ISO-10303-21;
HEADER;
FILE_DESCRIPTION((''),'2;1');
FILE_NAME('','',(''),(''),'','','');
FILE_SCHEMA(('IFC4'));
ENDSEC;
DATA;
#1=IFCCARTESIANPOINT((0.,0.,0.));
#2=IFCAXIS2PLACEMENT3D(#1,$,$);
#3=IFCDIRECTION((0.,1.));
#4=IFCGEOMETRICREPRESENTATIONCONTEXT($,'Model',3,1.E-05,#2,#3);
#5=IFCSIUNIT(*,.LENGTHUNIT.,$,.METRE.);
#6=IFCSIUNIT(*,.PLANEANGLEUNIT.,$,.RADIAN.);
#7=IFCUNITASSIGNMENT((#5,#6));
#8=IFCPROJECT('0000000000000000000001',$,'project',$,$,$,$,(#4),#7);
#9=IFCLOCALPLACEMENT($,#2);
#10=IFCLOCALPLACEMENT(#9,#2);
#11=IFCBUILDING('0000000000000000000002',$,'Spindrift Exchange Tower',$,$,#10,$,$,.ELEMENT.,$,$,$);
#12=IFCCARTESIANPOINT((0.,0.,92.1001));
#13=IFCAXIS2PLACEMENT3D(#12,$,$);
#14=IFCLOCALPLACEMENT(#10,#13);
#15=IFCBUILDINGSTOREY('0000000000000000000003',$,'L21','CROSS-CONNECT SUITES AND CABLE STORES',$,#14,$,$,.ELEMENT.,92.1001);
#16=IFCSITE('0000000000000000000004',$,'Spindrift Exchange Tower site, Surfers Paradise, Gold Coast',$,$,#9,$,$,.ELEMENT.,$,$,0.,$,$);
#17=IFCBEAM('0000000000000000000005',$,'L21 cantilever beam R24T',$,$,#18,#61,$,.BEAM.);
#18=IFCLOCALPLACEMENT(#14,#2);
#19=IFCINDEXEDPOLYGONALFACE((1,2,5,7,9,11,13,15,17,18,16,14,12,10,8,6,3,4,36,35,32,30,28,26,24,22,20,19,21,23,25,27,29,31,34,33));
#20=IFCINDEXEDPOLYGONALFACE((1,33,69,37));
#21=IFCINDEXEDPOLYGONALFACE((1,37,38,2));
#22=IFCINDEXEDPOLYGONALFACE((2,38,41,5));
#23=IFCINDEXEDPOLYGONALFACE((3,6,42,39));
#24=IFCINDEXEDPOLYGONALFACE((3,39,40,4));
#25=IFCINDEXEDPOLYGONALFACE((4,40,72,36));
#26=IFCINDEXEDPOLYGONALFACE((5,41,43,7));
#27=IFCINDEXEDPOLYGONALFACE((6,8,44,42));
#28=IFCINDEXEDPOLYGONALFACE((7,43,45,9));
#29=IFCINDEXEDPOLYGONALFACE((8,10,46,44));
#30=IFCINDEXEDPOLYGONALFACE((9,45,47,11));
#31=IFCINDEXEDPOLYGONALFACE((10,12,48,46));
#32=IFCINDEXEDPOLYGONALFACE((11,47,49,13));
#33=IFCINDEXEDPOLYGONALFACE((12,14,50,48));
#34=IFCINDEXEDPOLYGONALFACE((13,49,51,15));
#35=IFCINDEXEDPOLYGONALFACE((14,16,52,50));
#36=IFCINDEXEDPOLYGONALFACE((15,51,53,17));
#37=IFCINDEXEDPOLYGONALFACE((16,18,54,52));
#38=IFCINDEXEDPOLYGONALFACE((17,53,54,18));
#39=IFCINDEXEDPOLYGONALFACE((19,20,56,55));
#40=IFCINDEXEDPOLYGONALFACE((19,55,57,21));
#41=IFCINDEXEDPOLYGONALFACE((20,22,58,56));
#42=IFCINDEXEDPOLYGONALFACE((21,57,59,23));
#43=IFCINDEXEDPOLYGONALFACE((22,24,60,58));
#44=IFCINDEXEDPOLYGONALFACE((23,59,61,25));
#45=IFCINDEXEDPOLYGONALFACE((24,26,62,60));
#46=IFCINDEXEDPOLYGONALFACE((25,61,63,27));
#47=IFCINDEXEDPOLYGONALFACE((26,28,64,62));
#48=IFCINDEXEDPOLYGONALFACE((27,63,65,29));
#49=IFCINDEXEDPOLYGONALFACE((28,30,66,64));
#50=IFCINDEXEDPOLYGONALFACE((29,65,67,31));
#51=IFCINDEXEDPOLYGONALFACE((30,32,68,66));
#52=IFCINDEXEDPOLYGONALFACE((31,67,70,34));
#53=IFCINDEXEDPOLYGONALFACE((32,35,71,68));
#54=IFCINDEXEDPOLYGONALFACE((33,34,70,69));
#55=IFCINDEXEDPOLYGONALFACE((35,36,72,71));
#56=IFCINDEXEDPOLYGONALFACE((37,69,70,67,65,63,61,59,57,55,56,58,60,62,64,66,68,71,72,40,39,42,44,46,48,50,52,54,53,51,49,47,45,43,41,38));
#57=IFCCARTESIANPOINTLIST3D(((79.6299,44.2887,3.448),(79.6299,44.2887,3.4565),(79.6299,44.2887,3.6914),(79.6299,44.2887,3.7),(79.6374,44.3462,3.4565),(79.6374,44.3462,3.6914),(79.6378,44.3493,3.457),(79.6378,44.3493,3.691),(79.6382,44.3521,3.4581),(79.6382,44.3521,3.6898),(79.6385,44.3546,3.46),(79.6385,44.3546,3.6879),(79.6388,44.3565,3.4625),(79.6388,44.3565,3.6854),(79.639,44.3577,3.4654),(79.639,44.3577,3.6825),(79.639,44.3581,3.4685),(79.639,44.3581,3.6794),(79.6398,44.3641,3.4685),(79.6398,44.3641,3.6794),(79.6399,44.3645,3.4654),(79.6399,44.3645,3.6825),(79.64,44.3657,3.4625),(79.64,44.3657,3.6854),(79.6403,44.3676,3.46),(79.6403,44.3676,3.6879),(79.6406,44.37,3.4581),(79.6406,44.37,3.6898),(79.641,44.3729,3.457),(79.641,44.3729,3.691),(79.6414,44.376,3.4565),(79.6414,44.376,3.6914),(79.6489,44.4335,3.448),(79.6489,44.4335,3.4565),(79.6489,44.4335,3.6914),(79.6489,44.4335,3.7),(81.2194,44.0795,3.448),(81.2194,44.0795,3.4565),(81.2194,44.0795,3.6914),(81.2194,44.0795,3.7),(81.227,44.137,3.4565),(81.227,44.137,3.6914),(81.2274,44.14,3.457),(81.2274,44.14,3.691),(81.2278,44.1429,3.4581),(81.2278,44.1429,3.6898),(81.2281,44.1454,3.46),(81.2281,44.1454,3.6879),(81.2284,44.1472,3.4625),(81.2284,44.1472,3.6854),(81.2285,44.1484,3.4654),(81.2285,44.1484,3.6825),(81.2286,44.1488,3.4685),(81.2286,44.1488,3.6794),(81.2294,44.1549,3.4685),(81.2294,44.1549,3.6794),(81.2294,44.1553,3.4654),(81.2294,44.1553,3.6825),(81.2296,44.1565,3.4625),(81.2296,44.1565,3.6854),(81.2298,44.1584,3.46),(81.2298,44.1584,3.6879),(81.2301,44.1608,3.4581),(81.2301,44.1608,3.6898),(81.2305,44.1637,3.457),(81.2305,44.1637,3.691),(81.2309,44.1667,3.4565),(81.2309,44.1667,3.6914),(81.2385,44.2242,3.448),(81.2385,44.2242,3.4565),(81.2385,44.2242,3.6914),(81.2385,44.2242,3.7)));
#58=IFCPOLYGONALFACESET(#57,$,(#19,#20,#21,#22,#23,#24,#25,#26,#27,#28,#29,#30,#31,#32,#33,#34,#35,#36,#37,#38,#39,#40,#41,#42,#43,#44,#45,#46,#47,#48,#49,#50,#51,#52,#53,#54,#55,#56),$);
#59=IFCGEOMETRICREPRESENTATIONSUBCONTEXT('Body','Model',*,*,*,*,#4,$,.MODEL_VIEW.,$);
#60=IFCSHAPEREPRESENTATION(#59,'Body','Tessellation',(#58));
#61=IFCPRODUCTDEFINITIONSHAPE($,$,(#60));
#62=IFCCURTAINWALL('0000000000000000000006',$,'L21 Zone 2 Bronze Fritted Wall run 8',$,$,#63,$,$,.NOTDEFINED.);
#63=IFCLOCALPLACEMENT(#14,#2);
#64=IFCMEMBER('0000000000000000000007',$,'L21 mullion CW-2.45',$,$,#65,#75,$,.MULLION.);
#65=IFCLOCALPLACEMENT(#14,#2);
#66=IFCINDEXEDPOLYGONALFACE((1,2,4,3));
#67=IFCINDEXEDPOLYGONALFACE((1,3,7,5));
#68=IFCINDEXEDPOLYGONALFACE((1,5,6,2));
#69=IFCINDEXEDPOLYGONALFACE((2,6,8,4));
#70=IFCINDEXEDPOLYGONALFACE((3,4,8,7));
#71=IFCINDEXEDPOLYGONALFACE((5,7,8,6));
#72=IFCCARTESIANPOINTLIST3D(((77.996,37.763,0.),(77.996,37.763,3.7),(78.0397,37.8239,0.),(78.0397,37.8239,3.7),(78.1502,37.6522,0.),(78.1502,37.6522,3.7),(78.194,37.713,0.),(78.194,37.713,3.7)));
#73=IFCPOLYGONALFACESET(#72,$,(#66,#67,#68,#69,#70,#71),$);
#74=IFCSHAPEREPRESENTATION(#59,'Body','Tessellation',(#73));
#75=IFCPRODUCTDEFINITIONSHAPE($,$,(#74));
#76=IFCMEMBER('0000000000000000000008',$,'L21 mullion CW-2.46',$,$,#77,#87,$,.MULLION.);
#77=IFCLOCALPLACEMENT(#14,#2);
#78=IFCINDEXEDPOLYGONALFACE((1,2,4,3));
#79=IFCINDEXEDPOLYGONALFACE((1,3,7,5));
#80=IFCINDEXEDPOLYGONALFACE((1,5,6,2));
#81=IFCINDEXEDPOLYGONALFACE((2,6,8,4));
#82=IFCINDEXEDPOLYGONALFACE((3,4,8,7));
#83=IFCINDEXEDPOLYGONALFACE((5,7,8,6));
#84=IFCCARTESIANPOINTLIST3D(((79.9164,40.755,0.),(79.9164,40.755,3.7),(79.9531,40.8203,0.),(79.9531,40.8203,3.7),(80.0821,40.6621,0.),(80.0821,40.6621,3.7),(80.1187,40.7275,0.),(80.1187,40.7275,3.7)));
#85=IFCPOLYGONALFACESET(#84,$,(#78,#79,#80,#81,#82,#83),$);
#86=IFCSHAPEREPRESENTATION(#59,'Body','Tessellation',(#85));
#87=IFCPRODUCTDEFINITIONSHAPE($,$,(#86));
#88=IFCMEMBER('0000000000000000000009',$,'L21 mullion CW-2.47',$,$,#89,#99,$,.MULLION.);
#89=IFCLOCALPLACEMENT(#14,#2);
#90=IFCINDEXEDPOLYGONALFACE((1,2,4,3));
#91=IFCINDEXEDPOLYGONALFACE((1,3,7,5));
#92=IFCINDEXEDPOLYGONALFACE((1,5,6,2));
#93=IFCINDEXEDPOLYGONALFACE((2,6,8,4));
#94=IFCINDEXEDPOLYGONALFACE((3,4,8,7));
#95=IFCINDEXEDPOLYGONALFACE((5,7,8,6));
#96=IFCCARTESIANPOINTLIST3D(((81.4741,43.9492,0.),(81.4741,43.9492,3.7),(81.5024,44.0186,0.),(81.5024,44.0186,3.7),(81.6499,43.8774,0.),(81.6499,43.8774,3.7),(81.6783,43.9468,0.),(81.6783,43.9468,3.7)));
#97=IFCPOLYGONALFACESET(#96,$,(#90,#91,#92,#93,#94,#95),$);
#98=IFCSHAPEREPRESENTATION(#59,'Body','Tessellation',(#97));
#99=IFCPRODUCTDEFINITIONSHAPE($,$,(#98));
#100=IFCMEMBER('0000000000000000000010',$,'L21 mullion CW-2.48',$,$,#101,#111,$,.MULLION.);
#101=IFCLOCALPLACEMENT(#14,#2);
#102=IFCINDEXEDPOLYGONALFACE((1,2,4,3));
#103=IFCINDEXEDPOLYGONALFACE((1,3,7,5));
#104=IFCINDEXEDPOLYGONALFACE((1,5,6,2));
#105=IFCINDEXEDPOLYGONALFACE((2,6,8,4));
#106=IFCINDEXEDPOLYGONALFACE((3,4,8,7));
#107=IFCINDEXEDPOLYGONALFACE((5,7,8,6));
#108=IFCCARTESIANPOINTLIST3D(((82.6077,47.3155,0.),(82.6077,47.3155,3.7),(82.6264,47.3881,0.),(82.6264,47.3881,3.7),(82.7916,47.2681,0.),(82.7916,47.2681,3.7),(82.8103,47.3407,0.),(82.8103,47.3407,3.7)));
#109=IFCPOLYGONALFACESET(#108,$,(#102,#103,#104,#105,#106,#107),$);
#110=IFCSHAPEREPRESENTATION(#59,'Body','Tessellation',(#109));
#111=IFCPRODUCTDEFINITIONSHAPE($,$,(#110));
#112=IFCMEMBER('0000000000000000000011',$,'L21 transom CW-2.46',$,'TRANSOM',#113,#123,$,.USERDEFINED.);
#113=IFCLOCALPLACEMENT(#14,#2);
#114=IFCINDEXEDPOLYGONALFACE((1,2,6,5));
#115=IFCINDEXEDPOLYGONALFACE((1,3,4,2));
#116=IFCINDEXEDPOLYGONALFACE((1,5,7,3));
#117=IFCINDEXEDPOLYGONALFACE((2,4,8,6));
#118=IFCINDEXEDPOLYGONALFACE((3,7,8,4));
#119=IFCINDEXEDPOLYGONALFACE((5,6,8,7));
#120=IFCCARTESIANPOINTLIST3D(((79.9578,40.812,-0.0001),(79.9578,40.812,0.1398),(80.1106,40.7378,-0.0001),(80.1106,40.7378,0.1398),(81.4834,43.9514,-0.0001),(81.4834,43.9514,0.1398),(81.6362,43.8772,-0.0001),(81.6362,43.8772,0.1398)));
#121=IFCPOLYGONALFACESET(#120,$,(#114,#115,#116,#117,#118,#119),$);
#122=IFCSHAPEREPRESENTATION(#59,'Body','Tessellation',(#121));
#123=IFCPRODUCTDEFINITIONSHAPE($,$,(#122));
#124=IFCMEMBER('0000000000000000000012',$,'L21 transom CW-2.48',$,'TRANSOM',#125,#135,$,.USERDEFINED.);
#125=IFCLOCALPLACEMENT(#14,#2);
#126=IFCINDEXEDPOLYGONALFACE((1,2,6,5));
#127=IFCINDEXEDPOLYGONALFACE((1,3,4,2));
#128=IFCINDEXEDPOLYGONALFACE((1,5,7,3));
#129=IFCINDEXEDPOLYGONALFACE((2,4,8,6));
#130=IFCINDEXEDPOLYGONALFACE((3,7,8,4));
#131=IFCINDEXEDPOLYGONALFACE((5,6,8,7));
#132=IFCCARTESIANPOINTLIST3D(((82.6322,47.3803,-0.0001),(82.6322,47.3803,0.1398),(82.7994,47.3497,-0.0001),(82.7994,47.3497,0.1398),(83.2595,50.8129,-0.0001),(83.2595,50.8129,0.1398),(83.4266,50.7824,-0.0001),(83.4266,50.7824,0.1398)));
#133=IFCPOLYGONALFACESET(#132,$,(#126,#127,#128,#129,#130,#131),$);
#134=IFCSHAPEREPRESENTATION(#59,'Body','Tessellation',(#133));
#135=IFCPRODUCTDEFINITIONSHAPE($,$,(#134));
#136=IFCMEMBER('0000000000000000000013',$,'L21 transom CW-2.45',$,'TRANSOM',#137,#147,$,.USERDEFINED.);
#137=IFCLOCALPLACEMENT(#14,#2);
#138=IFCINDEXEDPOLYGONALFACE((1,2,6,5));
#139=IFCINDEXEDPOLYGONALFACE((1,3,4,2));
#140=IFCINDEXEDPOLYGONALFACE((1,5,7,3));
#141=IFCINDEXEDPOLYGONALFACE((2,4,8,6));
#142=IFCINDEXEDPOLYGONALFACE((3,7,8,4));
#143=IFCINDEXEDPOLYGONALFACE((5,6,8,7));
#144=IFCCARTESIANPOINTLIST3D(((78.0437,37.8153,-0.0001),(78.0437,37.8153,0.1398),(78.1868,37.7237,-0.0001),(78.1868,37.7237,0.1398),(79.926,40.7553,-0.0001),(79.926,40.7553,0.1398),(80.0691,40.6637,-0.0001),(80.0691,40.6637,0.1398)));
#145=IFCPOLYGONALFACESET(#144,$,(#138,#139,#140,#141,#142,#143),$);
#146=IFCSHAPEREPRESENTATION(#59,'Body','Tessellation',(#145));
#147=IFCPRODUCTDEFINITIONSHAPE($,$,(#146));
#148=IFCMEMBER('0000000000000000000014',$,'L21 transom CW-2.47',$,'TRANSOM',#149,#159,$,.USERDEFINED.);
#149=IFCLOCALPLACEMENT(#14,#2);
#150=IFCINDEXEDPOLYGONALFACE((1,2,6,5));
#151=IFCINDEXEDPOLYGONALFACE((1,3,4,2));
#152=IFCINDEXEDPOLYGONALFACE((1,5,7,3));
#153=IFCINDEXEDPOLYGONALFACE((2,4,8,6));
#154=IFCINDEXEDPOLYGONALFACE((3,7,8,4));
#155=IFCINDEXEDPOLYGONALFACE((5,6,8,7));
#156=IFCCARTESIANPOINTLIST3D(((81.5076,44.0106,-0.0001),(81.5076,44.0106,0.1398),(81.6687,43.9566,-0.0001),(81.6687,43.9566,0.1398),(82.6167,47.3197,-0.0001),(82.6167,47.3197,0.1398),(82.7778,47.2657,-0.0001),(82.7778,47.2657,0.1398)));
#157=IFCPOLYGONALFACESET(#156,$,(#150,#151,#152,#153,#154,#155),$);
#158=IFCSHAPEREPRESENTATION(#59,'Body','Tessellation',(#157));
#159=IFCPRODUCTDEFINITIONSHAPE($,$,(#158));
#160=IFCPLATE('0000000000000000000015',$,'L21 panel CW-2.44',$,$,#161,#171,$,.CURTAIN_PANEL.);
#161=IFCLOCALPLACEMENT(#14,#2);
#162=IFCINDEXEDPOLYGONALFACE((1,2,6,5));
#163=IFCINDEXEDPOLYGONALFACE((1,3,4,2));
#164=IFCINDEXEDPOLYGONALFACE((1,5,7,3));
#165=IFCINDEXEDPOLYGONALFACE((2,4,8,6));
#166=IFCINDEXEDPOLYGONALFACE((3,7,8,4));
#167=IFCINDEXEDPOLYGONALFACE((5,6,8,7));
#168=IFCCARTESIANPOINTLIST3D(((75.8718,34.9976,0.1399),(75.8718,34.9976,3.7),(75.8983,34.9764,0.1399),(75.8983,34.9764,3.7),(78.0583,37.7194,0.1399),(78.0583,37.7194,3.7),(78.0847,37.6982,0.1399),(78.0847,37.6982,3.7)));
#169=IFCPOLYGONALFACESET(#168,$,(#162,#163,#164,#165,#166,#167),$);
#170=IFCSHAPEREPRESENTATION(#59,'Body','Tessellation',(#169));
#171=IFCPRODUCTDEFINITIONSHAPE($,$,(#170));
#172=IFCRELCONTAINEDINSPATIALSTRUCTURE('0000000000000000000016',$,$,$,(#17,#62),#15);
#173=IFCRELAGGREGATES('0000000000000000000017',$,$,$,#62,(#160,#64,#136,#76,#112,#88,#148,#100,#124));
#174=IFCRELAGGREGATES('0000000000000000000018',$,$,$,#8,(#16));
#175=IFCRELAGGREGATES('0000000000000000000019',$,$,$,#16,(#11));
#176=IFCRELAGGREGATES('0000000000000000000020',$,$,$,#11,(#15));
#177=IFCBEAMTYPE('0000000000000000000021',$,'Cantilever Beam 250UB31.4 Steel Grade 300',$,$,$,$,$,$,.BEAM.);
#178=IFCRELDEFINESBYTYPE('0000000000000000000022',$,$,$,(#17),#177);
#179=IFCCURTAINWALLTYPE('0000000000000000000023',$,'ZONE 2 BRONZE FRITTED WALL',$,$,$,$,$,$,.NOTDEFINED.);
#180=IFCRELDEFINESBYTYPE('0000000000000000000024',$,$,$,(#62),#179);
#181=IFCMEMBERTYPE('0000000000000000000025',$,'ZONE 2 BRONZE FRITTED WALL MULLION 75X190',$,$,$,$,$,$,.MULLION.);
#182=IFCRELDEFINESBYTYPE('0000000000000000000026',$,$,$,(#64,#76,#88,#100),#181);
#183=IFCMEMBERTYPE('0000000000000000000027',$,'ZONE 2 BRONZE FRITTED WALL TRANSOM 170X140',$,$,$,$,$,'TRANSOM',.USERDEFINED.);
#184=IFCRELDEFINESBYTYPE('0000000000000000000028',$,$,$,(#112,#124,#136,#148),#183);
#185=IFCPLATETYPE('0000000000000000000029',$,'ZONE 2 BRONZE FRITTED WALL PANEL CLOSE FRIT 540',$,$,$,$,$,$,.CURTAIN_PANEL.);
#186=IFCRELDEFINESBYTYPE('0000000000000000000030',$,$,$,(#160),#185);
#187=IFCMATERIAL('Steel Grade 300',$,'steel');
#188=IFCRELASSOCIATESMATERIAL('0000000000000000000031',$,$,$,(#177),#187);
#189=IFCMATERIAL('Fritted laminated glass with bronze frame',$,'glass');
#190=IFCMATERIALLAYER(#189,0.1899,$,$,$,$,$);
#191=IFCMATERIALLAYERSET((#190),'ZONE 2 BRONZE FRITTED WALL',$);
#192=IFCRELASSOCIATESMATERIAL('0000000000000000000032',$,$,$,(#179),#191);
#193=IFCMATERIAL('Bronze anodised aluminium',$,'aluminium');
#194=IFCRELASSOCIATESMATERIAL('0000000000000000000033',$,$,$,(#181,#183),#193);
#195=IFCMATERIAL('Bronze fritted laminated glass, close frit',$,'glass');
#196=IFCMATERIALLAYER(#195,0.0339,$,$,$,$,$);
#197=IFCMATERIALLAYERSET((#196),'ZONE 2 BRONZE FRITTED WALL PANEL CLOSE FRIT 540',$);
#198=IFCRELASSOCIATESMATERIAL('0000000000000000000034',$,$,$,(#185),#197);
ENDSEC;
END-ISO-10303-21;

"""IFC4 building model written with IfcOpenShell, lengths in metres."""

from ifc_helpers import new_model, si_unit, direction, frame, origin, origin_2d, place, context, subcontext, project, spatial, rectangle, i_section, extrude, source, transform, mapped, material, layer, layer_set, material_profile, profile_set, type_object, element, aggregate, save


model = new_model("IFC4")

# Units and contexts
model_context = context("Model", 3, precision=1e-05, world=origin(), true_north=direction((0.0, 1.0)))
body_context = subcontext(model_context, "Body", "Model", "MODEL_VIEW")
ifc_project = project(units=[si_unit("LENGTHUNIT", "METRE"), si_unit("PLANEANGLEUNIT", "RADIAN")], contexts=[model_context])

# Site, building, storey
site_placement = place(None, origin())
site = spatial("IfcSite", under=ifc_project, at=site_placement, Name="Spindrift Exchange Tower site, Surfers Paradise, Gold Coast", CompositionType="ELEMENT", RefElevation=0.0)
building_placement = place(site_placement, origin())
building = spatial("IfcBuilding", under=site, at=building_placement, Name="Spindrift Exchange Tower", CompositionType="ELEMENT")
storey_placement = place(building_placement, frame((0.0, 0.0, 92.1001)))
storey = spatial("IfcBuildingStorey", under=building, at=storey_placement, Name="L21", Description="CROSS-CONNECT SUITES AND CABLE STORES", CompositionType="ELEMENT", Elevation=92.1001)

# Beam
ifc_material_1 = material(Name="Steel Grade 300", Category="steel")
ifc_material_profile_1 = material_profile(ifc_material_1, i_section(OverallWidth=0.146, OverallDepth=0.252, WebThickness=0.0061, FlangeThickness=0.0085, FilletRadius=0.012, at=origin_2d()), Name="250UB31.4")
ifc_profile_set_1 = profile_set([ifc_material_profile_1], Name="Steel Grade 300")
beam_type_1 = type_object("IfcBeamType", Name="Cantilever Beam 250UB31.4 Steel Grade 300", PredefinedType="BEAM", material=ifc_profile_set_1)
shared_shape_1 = source(origin(), body_context, "Body", "SweptSolid", [
    extrude(i_section(OverallWidth=0.146, OverallDepth=0.252, WebThickness=0.0061, FlangeThickness=0.0085, FilletRadius=0.012, at=origin_2d()), origin(), (0.0, 0.0, 1.0), 1.6033),
])
beam_1_placement = place(storey_placement, frame((79.6394, 44.3611, 3.574), z_axis=(0.991449, -0.130498, 0.0), x_axis=(0.130498, 0.991449, 0.0)))
element("IfcBeam", 1, at=beam_1_placement, inside=storey, type_object=beam_type_1, Name="L21 cantilever beam R24T", PredefinedType="BEAM", context=body_context, shape_type="MappedRepresentation", body=[
    mapped(shared_shape_1, transform((0.0, 0.0, 0.0), scale=1.0)),
])

# Curtain wall, members, plate
ifc_material_2 = material(Name="Fritted laminated glass with bronze frame", Category="glass")
ifc_layer_1 = layer(ifc_material_2, 0.1899)
ifc_layer_set_1 = layer_set([ifc_layer_1], Name="ZONE 2 BRONZE FRITTED WALL")
curtain_wall_type = type_object("IfcCurtainWallType", Name="ZONE 2 BRONZE FRITTED WALL", PredefinedType="NOTDEFINED", material=ifc_layer_set_1)
curtain_wall_placement = place(storey_placement, origin())
curtain_wall = element("IfcCurtainWall", 2, at=curtain_wall_placement, inside=storey, type_object=curtain_wall_type, Name="L21 Zone 2 Bronze Fritted Wall run 8", PredefinedType="NOTDEFINED")
ifc_material_3 = material(Name="Bronze anodised aluminium", Category="aluminium")
ifc_material_profile_2 = material_profile(ifc_material_3, rectangle(XDim=0.075, YDim=0.1899, at=origin_2d()), Name="ZONE 2 BRONZE FRITTED WALL MULLION 75X190")
ifc_profile_set_2 = profile_set([ifc_material_profile_2], Name="Bronze anodised aluminium")
member_type_1 = type_object("IfcMemberType", Name="ZONE 2 BRONZE FRITTED WALL MULLION 75X190", PredefinedType="MULLION", material=ifc_profile_set_2)
shared_shape_2 = source(origin(), body_context, "Body", "SweptSolid", [
    extrude(rectangle(XDim=0.075, YDim=0.1899, at=origin_2d()), origin(), (0.0, 0.0, 1.0), 3.7),
])
member_1_placement = place(storey_placement, frame((78.095, 37.738, 0.0), z_axis=(0.0, 0.0, 1.0), x_axis=(0.583574, 0.81206, 0.0)))
member_1 = element("IfcMember", 3, at=member_1_placement, type_object=member_type_1, Name="L21 mullion CW-2.45", PredefinedType="MULLION", context=body_context, shape_type="MappedRepresentation", body=[
    mapped(shared_shape_2, transform((0.0, 0.0, 0.0), scale=1.0)),
])
member_2_placement = place(storey_placement, frame((80.0176, 40.7412, 0.0), z_axis=(0.0, 0.0, 1.0), x_axis=(0.488986, 0.872292, 0.0)))
member_2 = element("IfcMember", 4, at=member_2_placement, type_object=member_type_1, Name="L21 mullion CW-2.46", PredefinedType="MULLION", context=body_context, shape_type="MappedRepresentation", body=[
    mapped(shared_shape_2, transform((0.0, 0.0, 0.0), scale=1.0)),
])
member_3_placement = place(storey_placement, frame((81.5762, 43.948, 0.0), z_axis=(0.0, 0.0, 1.0), x_axis=(0.378228, 0.925712, 0.0)))
member_3 = element("IfcMember", 5, at=member_3_placement, type_object=member_type_1, Name="L21 mullion CW-2.47", PredefinedType="MULLION", context=body_context, shape_type="MappedRepresentation", body=[
    mapped(shared_shape_2, transform((0.0, 0.0, 0.0), scale=1.0)),
])
member_4_placement = place(storey_placement, frame((82.709, 47.3281, 0.0), z_axis=(0.0, 0.0, 1.0), x_axis=(0.249386, 0.968404, 0.0)))
member_4 = element("IfcMember", 6, at=member_4_placement, type_object=member_type_1, Name="L21 mullion CW-2.48", PredefinedType="MULLION", context=body_context, shape_type="MappedRepresentation", body=[
    mapped(shared_shape_2, transform((0.0, 0.0, 0.0), scale=1.0)),
])
ifc_material_profile_3 = material_profile(ifc_material_3, rectangle(XDim=0.1699, YDim=0.1399, at=origin_2d()), Name="ZONE 2 BRONZE FRITTED WALL TRANSOM 170X140")
ifc_profile_set_3 = profile_set([ifc_material_profile_3], Name="Bronze anodised aluminium")
member_type_2 = type_object("IfcMemberType", Name="ZONE 2 BRONZE FRITTED WALL TRANSOM 170X140", ElementType="TRANSOM", PredefinedType="USERDEFINED", material=ifc_profile_set_3)
shared_shape_3 = source(origin(), body_context, "Body", "SweptSolid", [
    extrude(rectangle(XDim=0.1699, YDim=0.1399, at=origin_2d()), origin(), (0.0, 0.0, 1.0), 3.4905),
])
member_5_placement = place(storey_placement, frame((80.0342, 40.7749, 0.0698), z_axis=(0.437085, 0.89942, 0.0), x_axis=(-0.89942, 0.437085, 0.0)))
member_5 = element("IfcMember", 7, at=member_5_placement, type_object=member_type_2, Name="L21 transom CW-2.46", ObjectType="TRANSOM", PredefinedType="USERDEFINED", context=body_context, shape_type="MappedRepresentation", body=[
    mapped(shared_shape_3, transform((0.0, 0.0, 0.0), scale=1.0)),
])
shared_shape_4 = source(origin(), body_context, "Body", "SweptSolid", [
    extrude(rectangle(XDim=0.1699, YDim=0.1399, at=origin_2d()), origin(), (0.0, 0.0, 1.0), 3.4895),
])
member_6_placement = place(storey_placement, frame((82.7158, 47.365, 0.0698), z_axis=(0.179741, 0.983714, 0.0), x_axis=(-0.983714, 0.179741, 0.0)))
member_6 = element("IfcMember", 8, at=member_6_placement, type_object=member_type_2, Name="L21 transom CW-2.48", ObjectType="TRANSOM", PredefinedType="USERDEFINED", context=body_context, shape_type="MappedRepresentation", body=[
    mapped(shared_shape_4, transform((0.0, 0.0, 0.0), scale=1.0)),
])
shared_shape_5 = source(origin(), body_context, "Body", "SweptSolid", [
    extrude(rectangle(XDim=0.1699, YDim=0.1399, at=origin_2d()), origin(), (0.0, 0.0, 1.0), 3.491),
])
member_7_placement = place(storey_placement, frame((78.1152, 37.7695, 0.0698), z_axis=(0.539208, 0.842172, 0.0), x_axis=(-0.842172, 0.539208, 0.0)))
member_7 = element("IfcMember", 9, at=member_7_placement, type_object=member_type_2, Name="L21 transom CW-2.45", ObjectType="TRANSOM", PredefinedType="USERDEFINED", context=body_context, shape_type="MappedRepresentation", body=[
    mapped(shared_shape_5, transform((0.0, 0.0, 0.0), scale=1.0)),
])
shared_shape_6 = source(origin(), body_context, "Body", "SweptSolid", [
    extrude(rectangle(XDim=0.1699, YDim=0.1399, at=origin_2d()), origin(), (0.0, 0.0, 1.0), 3.49),
])
member_8_placement = place(storey_placement, frame((81.5881, 43.9836, 0.0698), z_axis=(0.317801, 0.948157, 0.0), x_axis=(-0.948157, 0.317801, 0.0)))
member_8 = element("IfcMember", 10, at=member_8_placement, type_object=member_type_2, Name="L21 transom CW-2.47", ObjectType="TRANSOM", PredefinedType="USERDEFINED", context=body_context, shape_type="MappedRepresentation", body=[
    mapped(shared_shape_6, transform((0.0, 0.0, 0.0), scale=1.0)),
])
ifc_material_4 = material(Name="Bronze fritted laminated glass, close frit", Category="glass")
ifc_layer_2 = layer(ifc_material_4, 0.0339)
ifc_layer_set_2 = layer_set([ifc_layer_2], Name="ZONE 2 BRONZE FRITTED WALL PANEL CLOSE FRIT 540")
plate_type_1 = type_object("IfcPlateType", Name="ZONE 2 BRONZE FRITTED WALL PANEL CLOSE FRIT 540", PredefinedType="CURTAIN_PANEL", material=ifc_layer_set_2)
shared_shape_7 = source(origin(), body_context, "Body", "SweptSolid", [
    extrude(rectangle(XDim=3.4912, YDim=0.0339, at=origin_2d()), origin(), (0.0, 0.0, 1.0), 3.5601),
])
plate_1_placement = place(storey_placement, frame((76.9783, 36.3479, 0.1399), z_axis=(0.0, 0.0, 1.0), x_axis=(0.626273, 0.779604, 0.0)))
plate_1 = element("IfcPlate", 11, at=plate_1_placement, type_object=plate_type_1, Name="L21 panel CW-2.44", PredefinedType="CURTAIN_PANEL", context=body_context, shape_type="MappedRepresentation", body=[
    mapped(shared_shape_7, transform((0.0, 0.0, 0.0), scale=1.0)),
])
aggregate(curtain_wall, [plate_1, member_1, member_7, member_2, member_5, member_3, member_8, member_4, member_6])

save(model, "model.ifc")
